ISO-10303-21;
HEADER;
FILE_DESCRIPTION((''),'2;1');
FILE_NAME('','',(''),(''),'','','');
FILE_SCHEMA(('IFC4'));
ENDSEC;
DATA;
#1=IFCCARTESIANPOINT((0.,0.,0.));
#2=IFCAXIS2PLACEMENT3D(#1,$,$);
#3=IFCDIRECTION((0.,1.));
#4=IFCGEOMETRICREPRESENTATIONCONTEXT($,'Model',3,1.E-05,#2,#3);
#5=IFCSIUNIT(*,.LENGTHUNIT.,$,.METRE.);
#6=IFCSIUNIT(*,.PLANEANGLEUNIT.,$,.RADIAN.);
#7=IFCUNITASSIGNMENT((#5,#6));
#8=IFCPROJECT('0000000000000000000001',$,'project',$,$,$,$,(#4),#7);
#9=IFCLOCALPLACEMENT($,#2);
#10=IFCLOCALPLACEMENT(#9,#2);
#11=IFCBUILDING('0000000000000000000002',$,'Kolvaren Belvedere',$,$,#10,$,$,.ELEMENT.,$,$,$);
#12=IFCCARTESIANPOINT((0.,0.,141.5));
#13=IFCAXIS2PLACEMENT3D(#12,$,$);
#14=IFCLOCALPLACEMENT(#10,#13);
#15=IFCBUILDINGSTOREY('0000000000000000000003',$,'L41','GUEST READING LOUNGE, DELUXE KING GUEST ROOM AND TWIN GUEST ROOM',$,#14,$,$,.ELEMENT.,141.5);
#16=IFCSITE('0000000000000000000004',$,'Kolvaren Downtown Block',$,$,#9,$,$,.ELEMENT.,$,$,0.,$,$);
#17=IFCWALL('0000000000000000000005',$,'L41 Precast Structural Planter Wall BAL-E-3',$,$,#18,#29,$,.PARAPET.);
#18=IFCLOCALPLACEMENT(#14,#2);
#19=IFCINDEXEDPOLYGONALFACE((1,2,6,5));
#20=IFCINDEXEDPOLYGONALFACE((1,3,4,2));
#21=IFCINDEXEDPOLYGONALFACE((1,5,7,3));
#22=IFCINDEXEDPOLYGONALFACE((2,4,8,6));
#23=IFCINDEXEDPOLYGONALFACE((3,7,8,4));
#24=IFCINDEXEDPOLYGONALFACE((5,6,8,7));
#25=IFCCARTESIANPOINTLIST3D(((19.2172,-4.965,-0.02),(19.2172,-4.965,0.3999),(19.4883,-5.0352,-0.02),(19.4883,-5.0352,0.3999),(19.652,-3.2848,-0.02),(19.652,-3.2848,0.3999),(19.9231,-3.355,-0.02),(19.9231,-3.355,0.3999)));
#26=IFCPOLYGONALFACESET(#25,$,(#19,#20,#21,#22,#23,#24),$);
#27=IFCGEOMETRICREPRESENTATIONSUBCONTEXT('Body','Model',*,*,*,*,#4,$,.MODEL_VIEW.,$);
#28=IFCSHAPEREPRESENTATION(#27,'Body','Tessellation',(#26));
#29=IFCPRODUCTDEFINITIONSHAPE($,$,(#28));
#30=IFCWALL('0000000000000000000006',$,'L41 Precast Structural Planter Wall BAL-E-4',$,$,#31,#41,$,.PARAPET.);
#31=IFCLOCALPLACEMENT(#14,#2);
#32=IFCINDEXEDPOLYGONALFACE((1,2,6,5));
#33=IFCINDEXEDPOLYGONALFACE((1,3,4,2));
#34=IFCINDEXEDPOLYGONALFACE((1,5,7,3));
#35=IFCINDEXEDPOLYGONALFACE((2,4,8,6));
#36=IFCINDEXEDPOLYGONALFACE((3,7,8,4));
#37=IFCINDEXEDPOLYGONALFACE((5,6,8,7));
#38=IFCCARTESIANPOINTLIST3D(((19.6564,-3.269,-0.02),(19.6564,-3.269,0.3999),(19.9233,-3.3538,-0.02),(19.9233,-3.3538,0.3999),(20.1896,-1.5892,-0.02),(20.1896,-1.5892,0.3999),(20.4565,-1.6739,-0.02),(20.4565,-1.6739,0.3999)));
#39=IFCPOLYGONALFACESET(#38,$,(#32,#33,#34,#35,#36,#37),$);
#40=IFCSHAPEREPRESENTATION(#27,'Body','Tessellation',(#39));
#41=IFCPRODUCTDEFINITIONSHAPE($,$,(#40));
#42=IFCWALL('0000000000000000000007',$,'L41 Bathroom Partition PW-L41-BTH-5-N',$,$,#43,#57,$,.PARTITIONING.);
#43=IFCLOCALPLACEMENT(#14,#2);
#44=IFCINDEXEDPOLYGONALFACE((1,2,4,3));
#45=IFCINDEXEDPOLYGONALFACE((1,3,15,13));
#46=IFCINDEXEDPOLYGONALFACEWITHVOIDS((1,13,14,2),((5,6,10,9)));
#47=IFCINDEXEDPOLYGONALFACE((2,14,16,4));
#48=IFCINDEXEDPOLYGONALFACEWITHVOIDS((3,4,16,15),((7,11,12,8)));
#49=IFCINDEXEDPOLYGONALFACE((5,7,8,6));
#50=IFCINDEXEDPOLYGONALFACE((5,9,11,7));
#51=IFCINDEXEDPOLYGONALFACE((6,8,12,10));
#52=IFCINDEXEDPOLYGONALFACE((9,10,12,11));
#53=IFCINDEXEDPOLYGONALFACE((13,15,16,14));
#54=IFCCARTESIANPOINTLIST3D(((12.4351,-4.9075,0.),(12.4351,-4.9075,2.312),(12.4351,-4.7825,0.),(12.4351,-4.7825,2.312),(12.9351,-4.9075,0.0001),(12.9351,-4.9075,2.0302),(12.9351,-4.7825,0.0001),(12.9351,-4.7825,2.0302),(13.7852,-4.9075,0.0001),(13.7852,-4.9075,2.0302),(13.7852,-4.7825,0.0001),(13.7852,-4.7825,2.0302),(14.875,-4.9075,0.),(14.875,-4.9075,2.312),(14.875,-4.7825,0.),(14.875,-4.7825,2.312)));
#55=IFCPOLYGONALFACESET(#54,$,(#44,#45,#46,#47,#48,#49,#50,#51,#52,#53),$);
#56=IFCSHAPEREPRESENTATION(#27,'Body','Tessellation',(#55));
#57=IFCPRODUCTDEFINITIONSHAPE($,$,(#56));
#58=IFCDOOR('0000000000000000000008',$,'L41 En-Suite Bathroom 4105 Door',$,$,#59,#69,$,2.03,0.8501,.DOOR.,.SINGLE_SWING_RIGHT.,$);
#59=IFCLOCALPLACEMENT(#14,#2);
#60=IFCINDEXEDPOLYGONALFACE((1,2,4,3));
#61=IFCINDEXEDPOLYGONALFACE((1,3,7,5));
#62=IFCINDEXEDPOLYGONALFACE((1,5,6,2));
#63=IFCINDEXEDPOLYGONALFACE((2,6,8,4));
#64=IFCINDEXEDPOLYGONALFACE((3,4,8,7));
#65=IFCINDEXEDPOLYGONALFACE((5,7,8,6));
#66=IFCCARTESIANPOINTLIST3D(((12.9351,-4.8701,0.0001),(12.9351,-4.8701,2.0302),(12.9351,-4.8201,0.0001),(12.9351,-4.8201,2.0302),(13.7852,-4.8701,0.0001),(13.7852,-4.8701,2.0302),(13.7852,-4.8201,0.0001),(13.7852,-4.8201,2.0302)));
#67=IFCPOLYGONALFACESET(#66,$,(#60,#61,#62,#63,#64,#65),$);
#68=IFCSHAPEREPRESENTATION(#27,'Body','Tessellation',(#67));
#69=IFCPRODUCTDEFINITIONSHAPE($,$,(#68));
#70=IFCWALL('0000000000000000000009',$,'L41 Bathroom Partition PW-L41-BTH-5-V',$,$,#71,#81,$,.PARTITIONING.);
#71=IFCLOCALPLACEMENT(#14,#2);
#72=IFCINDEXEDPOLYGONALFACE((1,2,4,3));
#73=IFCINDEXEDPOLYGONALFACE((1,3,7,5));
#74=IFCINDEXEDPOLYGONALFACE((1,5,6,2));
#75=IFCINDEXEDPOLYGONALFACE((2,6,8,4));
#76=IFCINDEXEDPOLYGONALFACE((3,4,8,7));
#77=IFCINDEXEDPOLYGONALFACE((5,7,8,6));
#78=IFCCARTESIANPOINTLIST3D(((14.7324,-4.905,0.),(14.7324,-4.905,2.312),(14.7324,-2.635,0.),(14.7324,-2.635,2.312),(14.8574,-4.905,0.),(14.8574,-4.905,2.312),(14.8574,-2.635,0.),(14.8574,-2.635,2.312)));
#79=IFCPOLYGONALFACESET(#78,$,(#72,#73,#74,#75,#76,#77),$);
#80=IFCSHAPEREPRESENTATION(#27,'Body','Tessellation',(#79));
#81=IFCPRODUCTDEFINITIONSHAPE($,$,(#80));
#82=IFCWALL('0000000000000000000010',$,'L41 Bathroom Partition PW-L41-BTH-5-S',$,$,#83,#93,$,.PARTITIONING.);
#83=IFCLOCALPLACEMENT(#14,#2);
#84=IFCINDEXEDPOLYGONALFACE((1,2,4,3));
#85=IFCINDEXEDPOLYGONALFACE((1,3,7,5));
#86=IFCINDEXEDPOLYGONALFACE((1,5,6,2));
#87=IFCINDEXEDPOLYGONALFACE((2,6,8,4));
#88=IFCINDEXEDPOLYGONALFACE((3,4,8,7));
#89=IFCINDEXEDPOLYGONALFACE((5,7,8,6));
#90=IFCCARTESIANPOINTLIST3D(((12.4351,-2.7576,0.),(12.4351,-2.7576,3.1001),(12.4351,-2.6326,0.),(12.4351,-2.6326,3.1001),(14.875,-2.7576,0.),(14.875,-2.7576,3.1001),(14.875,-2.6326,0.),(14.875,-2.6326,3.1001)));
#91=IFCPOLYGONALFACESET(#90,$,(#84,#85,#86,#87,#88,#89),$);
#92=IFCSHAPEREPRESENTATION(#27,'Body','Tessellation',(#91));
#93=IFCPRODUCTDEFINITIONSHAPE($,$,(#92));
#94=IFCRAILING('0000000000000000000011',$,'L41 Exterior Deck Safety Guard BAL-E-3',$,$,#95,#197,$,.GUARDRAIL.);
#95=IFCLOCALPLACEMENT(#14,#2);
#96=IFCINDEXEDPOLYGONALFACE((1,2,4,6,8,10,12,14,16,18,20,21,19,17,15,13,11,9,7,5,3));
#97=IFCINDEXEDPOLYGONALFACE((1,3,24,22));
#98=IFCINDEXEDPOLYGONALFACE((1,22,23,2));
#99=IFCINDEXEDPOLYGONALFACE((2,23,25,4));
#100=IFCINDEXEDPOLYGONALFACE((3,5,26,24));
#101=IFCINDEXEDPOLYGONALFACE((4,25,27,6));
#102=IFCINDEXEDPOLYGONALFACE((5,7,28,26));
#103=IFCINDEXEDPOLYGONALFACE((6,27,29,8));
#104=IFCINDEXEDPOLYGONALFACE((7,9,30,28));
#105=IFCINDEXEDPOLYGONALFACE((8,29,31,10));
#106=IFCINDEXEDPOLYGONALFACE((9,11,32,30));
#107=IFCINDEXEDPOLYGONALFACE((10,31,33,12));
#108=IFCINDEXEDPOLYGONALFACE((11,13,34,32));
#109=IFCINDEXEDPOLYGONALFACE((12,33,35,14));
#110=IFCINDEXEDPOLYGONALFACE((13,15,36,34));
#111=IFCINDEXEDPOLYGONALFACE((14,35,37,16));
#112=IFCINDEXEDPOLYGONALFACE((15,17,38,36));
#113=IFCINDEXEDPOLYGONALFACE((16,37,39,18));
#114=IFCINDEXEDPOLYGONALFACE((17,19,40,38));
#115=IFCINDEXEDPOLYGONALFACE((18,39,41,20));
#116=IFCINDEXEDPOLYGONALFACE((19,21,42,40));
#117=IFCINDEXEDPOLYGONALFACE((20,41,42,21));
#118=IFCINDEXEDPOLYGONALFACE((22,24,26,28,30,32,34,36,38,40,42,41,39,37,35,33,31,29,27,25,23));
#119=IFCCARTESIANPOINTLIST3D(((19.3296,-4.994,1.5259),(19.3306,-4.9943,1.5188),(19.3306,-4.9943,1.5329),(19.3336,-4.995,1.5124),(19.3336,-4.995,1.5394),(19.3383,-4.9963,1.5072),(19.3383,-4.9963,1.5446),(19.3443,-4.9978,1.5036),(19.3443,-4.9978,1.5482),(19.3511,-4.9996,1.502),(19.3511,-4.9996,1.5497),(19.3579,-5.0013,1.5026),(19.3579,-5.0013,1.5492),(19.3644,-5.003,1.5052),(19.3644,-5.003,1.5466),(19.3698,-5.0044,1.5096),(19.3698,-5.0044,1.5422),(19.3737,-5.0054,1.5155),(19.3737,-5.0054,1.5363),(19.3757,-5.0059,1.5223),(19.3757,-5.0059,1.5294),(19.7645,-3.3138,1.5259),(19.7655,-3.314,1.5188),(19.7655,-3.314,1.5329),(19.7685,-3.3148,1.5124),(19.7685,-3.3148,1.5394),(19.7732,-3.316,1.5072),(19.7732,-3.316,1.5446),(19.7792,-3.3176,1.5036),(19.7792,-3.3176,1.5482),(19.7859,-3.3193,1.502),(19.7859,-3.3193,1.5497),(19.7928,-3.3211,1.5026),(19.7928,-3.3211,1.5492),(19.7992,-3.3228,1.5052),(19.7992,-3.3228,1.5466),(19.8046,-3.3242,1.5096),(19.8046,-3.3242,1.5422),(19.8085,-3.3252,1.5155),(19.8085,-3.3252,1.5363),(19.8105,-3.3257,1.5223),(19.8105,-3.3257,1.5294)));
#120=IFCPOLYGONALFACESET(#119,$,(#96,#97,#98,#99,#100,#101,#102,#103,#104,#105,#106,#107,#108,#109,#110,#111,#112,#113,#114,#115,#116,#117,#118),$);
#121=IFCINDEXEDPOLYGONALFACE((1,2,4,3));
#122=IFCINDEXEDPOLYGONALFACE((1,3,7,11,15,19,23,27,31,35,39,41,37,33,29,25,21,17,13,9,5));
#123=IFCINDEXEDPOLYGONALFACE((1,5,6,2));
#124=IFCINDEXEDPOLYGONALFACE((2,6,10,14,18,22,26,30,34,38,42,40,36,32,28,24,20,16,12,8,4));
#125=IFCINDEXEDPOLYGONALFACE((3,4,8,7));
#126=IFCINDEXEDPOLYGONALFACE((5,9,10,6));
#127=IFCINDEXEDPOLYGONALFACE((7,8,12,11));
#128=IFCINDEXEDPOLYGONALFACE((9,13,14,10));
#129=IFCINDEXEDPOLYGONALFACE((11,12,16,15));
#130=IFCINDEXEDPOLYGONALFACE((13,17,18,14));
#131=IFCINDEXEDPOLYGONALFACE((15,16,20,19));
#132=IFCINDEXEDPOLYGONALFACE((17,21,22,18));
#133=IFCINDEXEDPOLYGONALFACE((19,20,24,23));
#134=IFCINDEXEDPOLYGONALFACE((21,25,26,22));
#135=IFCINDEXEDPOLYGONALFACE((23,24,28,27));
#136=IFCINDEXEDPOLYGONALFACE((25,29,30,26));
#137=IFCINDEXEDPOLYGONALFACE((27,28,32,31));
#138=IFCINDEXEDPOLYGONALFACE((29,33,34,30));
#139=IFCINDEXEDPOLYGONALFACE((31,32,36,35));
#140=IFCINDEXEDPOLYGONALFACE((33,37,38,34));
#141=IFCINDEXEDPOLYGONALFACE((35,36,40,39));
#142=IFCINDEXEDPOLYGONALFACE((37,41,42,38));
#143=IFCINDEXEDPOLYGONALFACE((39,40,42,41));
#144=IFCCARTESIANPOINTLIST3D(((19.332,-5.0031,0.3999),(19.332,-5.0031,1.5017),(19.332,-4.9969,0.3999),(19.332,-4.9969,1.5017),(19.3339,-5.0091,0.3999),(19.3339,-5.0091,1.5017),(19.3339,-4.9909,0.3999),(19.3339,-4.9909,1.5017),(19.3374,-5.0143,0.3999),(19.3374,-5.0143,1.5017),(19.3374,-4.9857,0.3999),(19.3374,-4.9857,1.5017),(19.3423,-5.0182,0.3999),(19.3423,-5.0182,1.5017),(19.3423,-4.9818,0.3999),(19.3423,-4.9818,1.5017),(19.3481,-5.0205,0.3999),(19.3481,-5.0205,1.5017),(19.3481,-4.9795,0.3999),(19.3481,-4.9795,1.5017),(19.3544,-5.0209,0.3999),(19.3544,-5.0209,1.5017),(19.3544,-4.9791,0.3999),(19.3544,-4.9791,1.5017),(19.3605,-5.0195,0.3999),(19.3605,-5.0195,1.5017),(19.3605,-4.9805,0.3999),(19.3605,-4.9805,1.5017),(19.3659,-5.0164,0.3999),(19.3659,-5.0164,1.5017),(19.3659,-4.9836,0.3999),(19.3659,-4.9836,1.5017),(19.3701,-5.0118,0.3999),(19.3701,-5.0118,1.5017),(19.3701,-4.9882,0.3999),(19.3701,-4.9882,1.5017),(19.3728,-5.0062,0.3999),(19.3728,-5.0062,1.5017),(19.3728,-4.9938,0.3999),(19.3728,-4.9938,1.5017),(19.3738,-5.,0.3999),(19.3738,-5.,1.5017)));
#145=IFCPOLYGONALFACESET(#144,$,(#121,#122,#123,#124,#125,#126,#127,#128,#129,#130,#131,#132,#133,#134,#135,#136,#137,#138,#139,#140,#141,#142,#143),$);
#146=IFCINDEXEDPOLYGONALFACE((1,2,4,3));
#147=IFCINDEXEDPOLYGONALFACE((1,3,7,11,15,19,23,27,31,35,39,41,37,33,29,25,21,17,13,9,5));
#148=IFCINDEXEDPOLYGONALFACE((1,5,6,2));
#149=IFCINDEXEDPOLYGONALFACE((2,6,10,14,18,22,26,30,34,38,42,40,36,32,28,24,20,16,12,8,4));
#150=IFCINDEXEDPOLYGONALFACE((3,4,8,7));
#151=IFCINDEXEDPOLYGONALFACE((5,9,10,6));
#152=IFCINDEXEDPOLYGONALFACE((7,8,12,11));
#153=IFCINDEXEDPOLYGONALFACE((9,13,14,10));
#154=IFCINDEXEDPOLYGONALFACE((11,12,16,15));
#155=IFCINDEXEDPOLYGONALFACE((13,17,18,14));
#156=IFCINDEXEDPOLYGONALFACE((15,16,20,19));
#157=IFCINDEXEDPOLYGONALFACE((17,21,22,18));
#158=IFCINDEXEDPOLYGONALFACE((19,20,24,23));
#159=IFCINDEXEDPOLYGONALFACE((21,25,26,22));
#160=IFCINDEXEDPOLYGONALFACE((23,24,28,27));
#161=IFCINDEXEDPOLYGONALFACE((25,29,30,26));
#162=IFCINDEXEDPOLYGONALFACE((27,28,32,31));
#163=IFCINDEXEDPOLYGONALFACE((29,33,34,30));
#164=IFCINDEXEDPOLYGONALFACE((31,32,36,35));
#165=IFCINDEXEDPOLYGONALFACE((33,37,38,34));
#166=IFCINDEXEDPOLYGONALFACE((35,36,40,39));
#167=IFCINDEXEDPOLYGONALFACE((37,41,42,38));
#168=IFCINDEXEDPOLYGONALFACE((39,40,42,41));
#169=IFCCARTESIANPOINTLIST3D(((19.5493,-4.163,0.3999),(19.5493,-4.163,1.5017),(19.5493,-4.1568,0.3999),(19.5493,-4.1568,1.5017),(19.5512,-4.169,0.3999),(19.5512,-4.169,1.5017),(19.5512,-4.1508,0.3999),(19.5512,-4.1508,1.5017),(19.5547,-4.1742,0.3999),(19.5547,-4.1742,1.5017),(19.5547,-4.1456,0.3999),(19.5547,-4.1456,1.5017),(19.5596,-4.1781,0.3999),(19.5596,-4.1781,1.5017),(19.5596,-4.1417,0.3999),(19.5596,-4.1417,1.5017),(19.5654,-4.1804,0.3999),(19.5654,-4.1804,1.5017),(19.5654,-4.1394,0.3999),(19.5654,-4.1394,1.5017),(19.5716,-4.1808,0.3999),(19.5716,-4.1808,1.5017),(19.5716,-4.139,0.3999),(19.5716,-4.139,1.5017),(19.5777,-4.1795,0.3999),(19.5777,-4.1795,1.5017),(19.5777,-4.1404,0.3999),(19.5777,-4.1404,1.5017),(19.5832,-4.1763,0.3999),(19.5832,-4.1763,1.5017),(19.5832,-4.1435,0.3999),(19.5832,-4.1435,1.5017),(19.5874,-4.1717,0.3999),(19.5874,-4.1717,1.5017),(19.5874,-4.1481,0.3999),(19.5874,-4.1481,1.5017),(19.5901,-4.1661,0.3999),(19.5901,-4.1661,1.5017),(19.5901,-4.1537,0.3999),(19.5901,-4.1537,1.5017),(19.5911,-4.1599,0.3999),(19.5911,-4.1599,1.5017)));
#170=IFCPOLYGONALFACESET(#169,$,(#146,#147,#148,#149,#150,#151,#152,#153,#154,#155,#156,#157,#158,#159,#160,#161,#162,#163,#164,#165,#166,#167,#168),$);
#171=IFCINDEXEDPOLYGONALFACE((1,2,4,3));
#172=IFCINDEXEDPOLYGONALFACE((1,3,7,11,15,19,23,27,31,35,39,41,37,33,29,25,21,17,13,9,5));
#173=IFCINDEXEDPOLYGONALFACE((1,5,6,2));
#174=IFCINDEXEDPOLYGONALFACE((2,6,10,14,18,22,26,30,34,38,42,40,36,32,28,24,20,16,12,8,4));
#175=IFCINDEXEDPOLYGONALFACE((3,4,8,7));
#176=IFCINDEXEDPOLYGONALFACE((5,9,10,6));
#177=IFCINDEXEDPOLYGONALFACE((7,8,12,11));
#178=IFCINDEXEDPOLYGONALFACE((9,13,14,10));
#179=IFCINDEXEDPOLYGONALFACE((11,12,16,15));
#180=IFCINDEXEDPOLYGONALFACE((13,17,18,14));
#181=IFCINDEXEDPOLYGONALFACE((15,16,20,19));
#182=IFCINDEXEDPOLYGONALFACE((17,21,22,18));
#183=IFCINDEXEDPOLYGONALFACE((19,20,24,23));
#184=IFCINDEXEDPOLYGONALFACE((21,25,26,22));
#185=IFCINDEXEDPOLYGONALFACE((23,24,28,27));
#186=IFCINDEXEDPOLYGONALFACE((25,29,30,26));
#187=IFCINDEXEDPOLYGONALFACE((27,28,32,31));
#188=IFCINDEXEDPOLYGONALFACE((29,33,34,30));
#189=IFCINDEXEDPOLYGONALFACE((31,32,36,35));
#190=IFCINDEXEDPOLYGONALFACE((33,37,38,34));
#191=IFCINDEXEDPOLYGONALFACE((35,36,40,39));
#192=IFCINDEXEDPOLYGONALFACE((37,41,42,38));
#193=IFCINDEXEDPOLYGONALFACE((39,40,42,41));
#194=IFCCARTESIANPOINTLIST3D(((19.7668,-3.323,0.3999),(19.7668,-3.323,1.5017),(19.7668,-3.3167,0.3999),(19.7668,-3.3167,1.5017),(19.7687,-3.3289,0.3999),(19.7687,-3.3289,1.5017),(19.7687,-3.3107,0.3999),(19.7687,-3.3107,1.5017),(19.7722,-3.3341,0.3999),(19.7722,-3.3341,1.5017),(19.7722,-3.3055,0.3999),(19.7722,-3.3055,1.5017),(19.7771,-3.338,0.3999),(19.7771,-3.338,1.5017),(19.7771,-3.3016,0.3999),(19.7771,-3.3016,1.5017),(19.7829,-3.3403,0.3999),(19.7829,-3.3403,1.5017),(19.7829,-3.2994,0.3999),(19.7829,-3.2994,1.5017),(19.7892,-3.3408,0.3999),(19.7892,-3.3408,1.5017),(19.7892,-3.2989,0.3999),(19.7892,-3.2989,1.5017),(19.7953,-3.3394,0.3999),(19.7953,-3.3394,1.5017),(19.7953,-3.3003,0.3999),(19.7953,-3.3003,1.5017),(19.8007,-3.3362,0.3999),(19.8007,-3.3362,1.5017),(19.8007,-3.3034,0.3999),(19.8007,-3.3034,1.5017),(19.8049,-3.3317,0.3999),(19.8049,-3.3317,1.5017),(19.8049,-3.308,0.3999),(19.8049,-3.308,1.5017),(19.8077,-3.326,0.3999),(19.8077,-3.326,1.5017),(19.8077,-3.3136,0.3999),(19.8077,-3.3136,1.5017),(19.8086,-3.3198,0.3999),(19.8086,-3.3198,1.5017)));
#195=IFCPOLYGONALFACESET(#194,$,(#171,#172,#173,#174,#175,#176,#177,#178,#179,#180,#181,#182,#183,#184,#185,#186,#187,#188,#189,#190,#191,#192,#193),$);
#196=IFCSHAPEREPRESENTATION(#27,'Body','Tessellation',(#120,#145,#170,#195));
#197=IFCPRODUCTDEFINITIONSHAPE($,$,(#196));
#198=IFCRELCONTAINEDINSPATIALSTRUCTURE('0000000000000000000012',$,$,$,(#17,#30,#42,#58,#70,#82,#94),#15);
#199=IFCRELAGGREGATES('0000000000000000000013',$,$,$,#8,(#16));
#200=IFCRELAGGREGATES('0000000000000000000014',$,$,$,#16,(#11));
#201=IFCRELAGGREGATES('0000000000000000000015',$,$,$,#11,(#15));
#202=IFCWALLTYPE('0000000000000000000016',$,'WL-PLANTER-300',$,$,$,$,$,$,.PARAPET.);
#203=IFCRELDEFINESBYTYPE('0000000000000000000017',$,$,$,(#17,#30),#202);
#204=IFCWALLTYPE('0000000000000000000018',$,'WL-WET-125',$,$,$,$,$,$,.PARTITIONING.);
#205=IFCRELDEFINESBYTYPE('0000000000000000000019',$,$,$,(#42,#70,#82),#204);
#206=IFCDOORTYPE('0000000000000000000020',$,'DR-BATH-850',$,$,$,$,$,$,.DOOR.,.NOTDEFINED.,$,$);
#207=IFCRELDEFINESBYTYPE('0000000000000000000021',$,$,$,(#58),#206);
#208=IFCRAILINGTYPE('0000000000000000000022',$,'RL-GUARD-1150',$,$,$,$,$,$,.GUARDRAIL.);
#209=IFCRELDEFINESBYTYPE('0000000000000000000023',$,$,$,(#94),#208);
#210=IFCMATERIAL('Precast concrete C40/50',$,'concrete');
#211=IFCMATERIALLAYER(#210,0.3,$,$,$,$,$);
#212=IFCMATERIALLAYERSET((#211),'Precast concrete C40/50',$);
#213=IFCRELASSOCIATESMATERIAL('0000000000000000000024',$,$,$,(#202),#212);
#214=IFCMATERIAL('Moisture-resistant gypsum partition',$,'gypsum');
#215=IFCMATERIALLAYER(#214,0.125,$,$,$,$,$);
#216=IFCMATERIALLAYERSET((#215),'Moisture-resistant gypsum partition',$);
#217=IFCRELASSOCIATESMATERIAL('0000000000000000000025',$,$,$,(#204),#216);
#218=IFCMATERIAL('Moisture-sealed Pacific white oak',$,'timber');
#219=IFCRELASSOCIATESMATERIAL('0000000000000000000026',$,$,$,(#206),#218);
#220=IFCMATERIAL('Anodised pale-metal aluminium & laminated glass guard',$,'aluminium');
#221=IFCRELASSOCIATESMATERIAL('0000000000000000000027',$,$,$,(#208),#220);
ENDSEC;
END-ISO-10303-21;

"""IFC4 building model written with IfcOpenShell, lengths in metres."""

from ifc_helpers import new_model, si_unit, direction, frame, frame_2d, origin, origin_2d, place, context, subcontext, project, spatial, rectangle, circle, extrude, material, layer, layer_set, type_object, element, fill, save


model = new_model("IFC4")

# Units and contexts
model_context = context("Model", 3, precision=1e-05, world=origin(), true_north=direction((0.0, 1.0)))
body_context = subcontext(model_context, "Body", "Model", "MODEL_VIEW")
ifc_project = project(units=[si_unit("LENGTHUNIT", "METRE"), si_unit("PLANEANGLEUNIT", "RADIAN")], contexts=[model_context])

# Site, building, storey
site_placement = place(None, origin())
site = spatial("IfcSite", under=ifc_project, at=site_placement, Name="Kolvaren Downtown Block", CompositionType="ELEMENT", RefElevation=0.0)
building_placement = place(site_placement, origin())
building = spatial("IfcBuilding", under=site, at=building_placement, Name="Kolvaren Belvedere", CompositionType="ELEMENT")
storey_placement = place(building_placement, frame((0.0, 0.0, 141.5)))
storey = spatial("IfcBuildingStorey", under=building, at=storey_placement, Name="L41", Description="GUEST READING LOUNGE, DELUXE KING GUEST ROOM AND TWIN GUEST ROOM", CompositionType="ELEMENT", Elevation=141.5)

# Walls
ifc_material_1 = material(Name="Precast concrete C40/50", Category="concrete")
ifc_layer_1 = layer(ifc_material_1, 0.3)
ifc_layer_set_1 = layer_set([ifc_layer_1], Name="Precast concrete C40/50")
wall_type_1 = type_object("IfcWallType", Name="WL-PLANTER-300", PredefinedType="PARAPET", material=ifc_layer_set_1)
wall_1_placement = place(storey_placement, frame((19.3528, -5.0, -0.02), z_axis=(0.0, 0.0, 1.0), x_axis=(0.250537, 0.968107, 0.0)))
element("IfcWall", 1, at=wall_1_placement, inside=storey, type_object=wall_type_1, Name="L41 Precast Structural Planter Wall BAL-E-3", PredefinedType="PARAPET", context=body_context, shape_type="SweptSolid", body=[
    extrude(rectangle(XDim=1.7356, YDim=0.28, at=frame_2d((0.8677, 0.0))), origin(), (0.0, 0.0, 1.0), 0.4199),
])
wall_2_placement = place(storey_placement, frame((19.7898, -3.3115, -0.02), z_axis=(0.0, 0.0, 1.0), x_axis=(0.302523, 0.953142, 0.0)))
element("IfcWall", 2, at=wall_2_placement, inside=storey, type_object=wall_type_1, Name="L41 Precast Structural Planter Wall BAL-E-4", PredefinedType="PARAPET", context=body_context, shape_type="SweptSolid", body=[
    extrude(rectangle(XDim=1.7625, YDim=0.28, at=frame_2d((0.8813, 0.0))), origin(), (0.0, 0.0, 1.0), 0.4199),
])

# Wall, opening, door
ifc_material_2 = material(Name="Moisture-resistant gypsum partition", Category="gypsum")
ifc_layer_2 = layer(ifc_material_2, 0.125)
ifc_layer_set_2 = layer_set([ifc_layer_2], Name="Moisture-resistant gypsum partition")
wall_type_2 = type_object("IfcWallType", Name="WL-WET-125", PredefinedType="PARTITIONING", material=ifc_layer_set_2)
wall_3_placement = place(storey_placement, frame((12.4351, -4.845, 0.0), z_axis=(0.0, 0.0, 1.0), x_axis=(1.0, 0.0, 0.0)))
wall_3 = element("IfcWall", 3, at=wall_3_placement, inside=storey, type_object=wall_type_2, Name="L41 Bathroom Partition PW-L41-BTH-5-N", PredefinedType="PARTITIONING", context=body_context, shape_type="SweptSolid", body=[
    extrude(rectangle(XDim=2.4399, YDim=0.125, at=frame_2d((1.22, 0.0))), origin(), (0.0, 0.0, 1.0), 2.312),
])
opening_placement = place(wall_3_placement, frame((0.5, 0.0, 0.0)))
opening = element("IfcOpeningElement", 4, at=opening_placement, cuts=wall_3, PredefinedType="OPENING", context=body_context, shape_type="SweptSolid", body=[
    extrude(rectangle(XDim=0.8501, YDim=2.03, at=frame_2d((0.425, 1.0151))), frame((0.0, 0.0725, 0.0), z_axis=(0.0, -1.0, 0.0), x_axis=(1.0, 0.0, 0.0)), (0.0, 0.0, 1.0), 0.145),
])
ifc_material_3 = material(Name="Moisture-sealed Pacific white oak", Category="timber")
door_type = type_object("IfcDoorType", Name="DR-BATH-850", OperationType="NOTDEFINED", PredefinedType="DOOR", material=ifc_material_3)
door_placement = place(opening_placement, origin())
door = element("IfcDoor", 5, at=door_placement, inside=storey, type_object=door_type, Name="L41 En-Suite Bathroom 4105 Door", OperationType="SINGLE_SWING_RIGHT", OverallHeight=2.03, OverallWidth=0.8501, PredefinedType="DOOR", context=body_context, shape_type="SweptSolid", body=[
    extrude(rectangle(XDim=0.8501, YDim=2.03, at=frame_2d((0.425, 1.0151))), frame((0.0, 0.0249, 0.0), z_axis=(0.0, -1.0, 0.0), x_axis=(1.0, 0.0, 0.0)), (0.0, 0.0, 1.0), 0.05),
])
fill(opening, door)

# Walls
wall_4_placement = place(storey_placement, frame((14.7949, -4.905, 0.0), z_axis=(0.0, 0.0, 1.0), x_axis=(0.0, 1.0, 0.0)))
element("IfcWall", 6, at=wall_4_placement, inside=storey, type_object=wall_type_2, Name="L41 Bathroom Partition PW-L41-BTH-5-V", PredefinedType="PARTITIONING", context=body_context, shape_type="SweptSolid", body=[
    extrude(rectangle(XDim=2.27, YDim=0.125, at=frame_2d((1.135, 0.0))), origin(), (0.0, 0.0, 1.0), 2.312),
])
wall_5_placement = place(storey_placement, frame((12.4351, -2.6951, 0.0), z_axis=(0.0, 0.0, 1.0), x_axis=(1.0, 0.0, 0.0)))
element("IfcWall", 7, at=wall_5_placement, inside=storey, type_object=wall_type_2, Name="L41 Bathroom Partition PW-L41-BTH-5-S", PredefinedType="PARTITIONING", context=body_context, shape_type="SweptSolid", body=[
    extrude(rectangle(XDim=2.4399, YDim=0.125, at=frame_2d((1.22, 0.0))), origin(), (0.0, 0.0, 1.0), 3.1001),
])

# Railing
ifc_material_4 = material(Name="Anodised pale-metal aluminium & laminated glass guard", Category="aluminium")
railing_type = type_object("IfcRailingType", Name="RL-GUARD-1150", PredefinedType="GUARDRAIL", material=ifc_material_4)
railing_1_placement = place(storey_placement, frame((19.3528, -5.0, 0.3999)))
element("IfcRailing", 8, at=railing_1_placement, inside=storey, type_object=railing_type, Name="L41 Exterior Deck Safety Guard BAL-E-3", PredefinedType="GUARDRAIL", context=body_context, shape_type="SweptSolid", body=[
    extrude(circle(Radius=0.0239, at=origin_2d()), frame((0.0, 0.0, 1.126), z_axis=(0.250537, 0.968107, 0.0), x_axis=(-0.968107, 0.250537, 0.0)), (0.0, 0.0, 1.0), 1.7356),
    extrude(circle(Radius=0.021, at=origin_2d()), origin(), (0.0, 0.0, 1.0), 1.1018),
    extrude(circle(Radius=0.021, at=origin_2d()), frame((0.2173, 0.8401, 0.0)), (0.0, 0.0, 1.0), 1.1018),
    extrude(circle(Radius=0.021, at=origin_2d()), frame((0.4348, 1.6802, 0.0)), (0.0, 0.0, 1.0), 1.1018),
])

save(model, "model.ifc")
